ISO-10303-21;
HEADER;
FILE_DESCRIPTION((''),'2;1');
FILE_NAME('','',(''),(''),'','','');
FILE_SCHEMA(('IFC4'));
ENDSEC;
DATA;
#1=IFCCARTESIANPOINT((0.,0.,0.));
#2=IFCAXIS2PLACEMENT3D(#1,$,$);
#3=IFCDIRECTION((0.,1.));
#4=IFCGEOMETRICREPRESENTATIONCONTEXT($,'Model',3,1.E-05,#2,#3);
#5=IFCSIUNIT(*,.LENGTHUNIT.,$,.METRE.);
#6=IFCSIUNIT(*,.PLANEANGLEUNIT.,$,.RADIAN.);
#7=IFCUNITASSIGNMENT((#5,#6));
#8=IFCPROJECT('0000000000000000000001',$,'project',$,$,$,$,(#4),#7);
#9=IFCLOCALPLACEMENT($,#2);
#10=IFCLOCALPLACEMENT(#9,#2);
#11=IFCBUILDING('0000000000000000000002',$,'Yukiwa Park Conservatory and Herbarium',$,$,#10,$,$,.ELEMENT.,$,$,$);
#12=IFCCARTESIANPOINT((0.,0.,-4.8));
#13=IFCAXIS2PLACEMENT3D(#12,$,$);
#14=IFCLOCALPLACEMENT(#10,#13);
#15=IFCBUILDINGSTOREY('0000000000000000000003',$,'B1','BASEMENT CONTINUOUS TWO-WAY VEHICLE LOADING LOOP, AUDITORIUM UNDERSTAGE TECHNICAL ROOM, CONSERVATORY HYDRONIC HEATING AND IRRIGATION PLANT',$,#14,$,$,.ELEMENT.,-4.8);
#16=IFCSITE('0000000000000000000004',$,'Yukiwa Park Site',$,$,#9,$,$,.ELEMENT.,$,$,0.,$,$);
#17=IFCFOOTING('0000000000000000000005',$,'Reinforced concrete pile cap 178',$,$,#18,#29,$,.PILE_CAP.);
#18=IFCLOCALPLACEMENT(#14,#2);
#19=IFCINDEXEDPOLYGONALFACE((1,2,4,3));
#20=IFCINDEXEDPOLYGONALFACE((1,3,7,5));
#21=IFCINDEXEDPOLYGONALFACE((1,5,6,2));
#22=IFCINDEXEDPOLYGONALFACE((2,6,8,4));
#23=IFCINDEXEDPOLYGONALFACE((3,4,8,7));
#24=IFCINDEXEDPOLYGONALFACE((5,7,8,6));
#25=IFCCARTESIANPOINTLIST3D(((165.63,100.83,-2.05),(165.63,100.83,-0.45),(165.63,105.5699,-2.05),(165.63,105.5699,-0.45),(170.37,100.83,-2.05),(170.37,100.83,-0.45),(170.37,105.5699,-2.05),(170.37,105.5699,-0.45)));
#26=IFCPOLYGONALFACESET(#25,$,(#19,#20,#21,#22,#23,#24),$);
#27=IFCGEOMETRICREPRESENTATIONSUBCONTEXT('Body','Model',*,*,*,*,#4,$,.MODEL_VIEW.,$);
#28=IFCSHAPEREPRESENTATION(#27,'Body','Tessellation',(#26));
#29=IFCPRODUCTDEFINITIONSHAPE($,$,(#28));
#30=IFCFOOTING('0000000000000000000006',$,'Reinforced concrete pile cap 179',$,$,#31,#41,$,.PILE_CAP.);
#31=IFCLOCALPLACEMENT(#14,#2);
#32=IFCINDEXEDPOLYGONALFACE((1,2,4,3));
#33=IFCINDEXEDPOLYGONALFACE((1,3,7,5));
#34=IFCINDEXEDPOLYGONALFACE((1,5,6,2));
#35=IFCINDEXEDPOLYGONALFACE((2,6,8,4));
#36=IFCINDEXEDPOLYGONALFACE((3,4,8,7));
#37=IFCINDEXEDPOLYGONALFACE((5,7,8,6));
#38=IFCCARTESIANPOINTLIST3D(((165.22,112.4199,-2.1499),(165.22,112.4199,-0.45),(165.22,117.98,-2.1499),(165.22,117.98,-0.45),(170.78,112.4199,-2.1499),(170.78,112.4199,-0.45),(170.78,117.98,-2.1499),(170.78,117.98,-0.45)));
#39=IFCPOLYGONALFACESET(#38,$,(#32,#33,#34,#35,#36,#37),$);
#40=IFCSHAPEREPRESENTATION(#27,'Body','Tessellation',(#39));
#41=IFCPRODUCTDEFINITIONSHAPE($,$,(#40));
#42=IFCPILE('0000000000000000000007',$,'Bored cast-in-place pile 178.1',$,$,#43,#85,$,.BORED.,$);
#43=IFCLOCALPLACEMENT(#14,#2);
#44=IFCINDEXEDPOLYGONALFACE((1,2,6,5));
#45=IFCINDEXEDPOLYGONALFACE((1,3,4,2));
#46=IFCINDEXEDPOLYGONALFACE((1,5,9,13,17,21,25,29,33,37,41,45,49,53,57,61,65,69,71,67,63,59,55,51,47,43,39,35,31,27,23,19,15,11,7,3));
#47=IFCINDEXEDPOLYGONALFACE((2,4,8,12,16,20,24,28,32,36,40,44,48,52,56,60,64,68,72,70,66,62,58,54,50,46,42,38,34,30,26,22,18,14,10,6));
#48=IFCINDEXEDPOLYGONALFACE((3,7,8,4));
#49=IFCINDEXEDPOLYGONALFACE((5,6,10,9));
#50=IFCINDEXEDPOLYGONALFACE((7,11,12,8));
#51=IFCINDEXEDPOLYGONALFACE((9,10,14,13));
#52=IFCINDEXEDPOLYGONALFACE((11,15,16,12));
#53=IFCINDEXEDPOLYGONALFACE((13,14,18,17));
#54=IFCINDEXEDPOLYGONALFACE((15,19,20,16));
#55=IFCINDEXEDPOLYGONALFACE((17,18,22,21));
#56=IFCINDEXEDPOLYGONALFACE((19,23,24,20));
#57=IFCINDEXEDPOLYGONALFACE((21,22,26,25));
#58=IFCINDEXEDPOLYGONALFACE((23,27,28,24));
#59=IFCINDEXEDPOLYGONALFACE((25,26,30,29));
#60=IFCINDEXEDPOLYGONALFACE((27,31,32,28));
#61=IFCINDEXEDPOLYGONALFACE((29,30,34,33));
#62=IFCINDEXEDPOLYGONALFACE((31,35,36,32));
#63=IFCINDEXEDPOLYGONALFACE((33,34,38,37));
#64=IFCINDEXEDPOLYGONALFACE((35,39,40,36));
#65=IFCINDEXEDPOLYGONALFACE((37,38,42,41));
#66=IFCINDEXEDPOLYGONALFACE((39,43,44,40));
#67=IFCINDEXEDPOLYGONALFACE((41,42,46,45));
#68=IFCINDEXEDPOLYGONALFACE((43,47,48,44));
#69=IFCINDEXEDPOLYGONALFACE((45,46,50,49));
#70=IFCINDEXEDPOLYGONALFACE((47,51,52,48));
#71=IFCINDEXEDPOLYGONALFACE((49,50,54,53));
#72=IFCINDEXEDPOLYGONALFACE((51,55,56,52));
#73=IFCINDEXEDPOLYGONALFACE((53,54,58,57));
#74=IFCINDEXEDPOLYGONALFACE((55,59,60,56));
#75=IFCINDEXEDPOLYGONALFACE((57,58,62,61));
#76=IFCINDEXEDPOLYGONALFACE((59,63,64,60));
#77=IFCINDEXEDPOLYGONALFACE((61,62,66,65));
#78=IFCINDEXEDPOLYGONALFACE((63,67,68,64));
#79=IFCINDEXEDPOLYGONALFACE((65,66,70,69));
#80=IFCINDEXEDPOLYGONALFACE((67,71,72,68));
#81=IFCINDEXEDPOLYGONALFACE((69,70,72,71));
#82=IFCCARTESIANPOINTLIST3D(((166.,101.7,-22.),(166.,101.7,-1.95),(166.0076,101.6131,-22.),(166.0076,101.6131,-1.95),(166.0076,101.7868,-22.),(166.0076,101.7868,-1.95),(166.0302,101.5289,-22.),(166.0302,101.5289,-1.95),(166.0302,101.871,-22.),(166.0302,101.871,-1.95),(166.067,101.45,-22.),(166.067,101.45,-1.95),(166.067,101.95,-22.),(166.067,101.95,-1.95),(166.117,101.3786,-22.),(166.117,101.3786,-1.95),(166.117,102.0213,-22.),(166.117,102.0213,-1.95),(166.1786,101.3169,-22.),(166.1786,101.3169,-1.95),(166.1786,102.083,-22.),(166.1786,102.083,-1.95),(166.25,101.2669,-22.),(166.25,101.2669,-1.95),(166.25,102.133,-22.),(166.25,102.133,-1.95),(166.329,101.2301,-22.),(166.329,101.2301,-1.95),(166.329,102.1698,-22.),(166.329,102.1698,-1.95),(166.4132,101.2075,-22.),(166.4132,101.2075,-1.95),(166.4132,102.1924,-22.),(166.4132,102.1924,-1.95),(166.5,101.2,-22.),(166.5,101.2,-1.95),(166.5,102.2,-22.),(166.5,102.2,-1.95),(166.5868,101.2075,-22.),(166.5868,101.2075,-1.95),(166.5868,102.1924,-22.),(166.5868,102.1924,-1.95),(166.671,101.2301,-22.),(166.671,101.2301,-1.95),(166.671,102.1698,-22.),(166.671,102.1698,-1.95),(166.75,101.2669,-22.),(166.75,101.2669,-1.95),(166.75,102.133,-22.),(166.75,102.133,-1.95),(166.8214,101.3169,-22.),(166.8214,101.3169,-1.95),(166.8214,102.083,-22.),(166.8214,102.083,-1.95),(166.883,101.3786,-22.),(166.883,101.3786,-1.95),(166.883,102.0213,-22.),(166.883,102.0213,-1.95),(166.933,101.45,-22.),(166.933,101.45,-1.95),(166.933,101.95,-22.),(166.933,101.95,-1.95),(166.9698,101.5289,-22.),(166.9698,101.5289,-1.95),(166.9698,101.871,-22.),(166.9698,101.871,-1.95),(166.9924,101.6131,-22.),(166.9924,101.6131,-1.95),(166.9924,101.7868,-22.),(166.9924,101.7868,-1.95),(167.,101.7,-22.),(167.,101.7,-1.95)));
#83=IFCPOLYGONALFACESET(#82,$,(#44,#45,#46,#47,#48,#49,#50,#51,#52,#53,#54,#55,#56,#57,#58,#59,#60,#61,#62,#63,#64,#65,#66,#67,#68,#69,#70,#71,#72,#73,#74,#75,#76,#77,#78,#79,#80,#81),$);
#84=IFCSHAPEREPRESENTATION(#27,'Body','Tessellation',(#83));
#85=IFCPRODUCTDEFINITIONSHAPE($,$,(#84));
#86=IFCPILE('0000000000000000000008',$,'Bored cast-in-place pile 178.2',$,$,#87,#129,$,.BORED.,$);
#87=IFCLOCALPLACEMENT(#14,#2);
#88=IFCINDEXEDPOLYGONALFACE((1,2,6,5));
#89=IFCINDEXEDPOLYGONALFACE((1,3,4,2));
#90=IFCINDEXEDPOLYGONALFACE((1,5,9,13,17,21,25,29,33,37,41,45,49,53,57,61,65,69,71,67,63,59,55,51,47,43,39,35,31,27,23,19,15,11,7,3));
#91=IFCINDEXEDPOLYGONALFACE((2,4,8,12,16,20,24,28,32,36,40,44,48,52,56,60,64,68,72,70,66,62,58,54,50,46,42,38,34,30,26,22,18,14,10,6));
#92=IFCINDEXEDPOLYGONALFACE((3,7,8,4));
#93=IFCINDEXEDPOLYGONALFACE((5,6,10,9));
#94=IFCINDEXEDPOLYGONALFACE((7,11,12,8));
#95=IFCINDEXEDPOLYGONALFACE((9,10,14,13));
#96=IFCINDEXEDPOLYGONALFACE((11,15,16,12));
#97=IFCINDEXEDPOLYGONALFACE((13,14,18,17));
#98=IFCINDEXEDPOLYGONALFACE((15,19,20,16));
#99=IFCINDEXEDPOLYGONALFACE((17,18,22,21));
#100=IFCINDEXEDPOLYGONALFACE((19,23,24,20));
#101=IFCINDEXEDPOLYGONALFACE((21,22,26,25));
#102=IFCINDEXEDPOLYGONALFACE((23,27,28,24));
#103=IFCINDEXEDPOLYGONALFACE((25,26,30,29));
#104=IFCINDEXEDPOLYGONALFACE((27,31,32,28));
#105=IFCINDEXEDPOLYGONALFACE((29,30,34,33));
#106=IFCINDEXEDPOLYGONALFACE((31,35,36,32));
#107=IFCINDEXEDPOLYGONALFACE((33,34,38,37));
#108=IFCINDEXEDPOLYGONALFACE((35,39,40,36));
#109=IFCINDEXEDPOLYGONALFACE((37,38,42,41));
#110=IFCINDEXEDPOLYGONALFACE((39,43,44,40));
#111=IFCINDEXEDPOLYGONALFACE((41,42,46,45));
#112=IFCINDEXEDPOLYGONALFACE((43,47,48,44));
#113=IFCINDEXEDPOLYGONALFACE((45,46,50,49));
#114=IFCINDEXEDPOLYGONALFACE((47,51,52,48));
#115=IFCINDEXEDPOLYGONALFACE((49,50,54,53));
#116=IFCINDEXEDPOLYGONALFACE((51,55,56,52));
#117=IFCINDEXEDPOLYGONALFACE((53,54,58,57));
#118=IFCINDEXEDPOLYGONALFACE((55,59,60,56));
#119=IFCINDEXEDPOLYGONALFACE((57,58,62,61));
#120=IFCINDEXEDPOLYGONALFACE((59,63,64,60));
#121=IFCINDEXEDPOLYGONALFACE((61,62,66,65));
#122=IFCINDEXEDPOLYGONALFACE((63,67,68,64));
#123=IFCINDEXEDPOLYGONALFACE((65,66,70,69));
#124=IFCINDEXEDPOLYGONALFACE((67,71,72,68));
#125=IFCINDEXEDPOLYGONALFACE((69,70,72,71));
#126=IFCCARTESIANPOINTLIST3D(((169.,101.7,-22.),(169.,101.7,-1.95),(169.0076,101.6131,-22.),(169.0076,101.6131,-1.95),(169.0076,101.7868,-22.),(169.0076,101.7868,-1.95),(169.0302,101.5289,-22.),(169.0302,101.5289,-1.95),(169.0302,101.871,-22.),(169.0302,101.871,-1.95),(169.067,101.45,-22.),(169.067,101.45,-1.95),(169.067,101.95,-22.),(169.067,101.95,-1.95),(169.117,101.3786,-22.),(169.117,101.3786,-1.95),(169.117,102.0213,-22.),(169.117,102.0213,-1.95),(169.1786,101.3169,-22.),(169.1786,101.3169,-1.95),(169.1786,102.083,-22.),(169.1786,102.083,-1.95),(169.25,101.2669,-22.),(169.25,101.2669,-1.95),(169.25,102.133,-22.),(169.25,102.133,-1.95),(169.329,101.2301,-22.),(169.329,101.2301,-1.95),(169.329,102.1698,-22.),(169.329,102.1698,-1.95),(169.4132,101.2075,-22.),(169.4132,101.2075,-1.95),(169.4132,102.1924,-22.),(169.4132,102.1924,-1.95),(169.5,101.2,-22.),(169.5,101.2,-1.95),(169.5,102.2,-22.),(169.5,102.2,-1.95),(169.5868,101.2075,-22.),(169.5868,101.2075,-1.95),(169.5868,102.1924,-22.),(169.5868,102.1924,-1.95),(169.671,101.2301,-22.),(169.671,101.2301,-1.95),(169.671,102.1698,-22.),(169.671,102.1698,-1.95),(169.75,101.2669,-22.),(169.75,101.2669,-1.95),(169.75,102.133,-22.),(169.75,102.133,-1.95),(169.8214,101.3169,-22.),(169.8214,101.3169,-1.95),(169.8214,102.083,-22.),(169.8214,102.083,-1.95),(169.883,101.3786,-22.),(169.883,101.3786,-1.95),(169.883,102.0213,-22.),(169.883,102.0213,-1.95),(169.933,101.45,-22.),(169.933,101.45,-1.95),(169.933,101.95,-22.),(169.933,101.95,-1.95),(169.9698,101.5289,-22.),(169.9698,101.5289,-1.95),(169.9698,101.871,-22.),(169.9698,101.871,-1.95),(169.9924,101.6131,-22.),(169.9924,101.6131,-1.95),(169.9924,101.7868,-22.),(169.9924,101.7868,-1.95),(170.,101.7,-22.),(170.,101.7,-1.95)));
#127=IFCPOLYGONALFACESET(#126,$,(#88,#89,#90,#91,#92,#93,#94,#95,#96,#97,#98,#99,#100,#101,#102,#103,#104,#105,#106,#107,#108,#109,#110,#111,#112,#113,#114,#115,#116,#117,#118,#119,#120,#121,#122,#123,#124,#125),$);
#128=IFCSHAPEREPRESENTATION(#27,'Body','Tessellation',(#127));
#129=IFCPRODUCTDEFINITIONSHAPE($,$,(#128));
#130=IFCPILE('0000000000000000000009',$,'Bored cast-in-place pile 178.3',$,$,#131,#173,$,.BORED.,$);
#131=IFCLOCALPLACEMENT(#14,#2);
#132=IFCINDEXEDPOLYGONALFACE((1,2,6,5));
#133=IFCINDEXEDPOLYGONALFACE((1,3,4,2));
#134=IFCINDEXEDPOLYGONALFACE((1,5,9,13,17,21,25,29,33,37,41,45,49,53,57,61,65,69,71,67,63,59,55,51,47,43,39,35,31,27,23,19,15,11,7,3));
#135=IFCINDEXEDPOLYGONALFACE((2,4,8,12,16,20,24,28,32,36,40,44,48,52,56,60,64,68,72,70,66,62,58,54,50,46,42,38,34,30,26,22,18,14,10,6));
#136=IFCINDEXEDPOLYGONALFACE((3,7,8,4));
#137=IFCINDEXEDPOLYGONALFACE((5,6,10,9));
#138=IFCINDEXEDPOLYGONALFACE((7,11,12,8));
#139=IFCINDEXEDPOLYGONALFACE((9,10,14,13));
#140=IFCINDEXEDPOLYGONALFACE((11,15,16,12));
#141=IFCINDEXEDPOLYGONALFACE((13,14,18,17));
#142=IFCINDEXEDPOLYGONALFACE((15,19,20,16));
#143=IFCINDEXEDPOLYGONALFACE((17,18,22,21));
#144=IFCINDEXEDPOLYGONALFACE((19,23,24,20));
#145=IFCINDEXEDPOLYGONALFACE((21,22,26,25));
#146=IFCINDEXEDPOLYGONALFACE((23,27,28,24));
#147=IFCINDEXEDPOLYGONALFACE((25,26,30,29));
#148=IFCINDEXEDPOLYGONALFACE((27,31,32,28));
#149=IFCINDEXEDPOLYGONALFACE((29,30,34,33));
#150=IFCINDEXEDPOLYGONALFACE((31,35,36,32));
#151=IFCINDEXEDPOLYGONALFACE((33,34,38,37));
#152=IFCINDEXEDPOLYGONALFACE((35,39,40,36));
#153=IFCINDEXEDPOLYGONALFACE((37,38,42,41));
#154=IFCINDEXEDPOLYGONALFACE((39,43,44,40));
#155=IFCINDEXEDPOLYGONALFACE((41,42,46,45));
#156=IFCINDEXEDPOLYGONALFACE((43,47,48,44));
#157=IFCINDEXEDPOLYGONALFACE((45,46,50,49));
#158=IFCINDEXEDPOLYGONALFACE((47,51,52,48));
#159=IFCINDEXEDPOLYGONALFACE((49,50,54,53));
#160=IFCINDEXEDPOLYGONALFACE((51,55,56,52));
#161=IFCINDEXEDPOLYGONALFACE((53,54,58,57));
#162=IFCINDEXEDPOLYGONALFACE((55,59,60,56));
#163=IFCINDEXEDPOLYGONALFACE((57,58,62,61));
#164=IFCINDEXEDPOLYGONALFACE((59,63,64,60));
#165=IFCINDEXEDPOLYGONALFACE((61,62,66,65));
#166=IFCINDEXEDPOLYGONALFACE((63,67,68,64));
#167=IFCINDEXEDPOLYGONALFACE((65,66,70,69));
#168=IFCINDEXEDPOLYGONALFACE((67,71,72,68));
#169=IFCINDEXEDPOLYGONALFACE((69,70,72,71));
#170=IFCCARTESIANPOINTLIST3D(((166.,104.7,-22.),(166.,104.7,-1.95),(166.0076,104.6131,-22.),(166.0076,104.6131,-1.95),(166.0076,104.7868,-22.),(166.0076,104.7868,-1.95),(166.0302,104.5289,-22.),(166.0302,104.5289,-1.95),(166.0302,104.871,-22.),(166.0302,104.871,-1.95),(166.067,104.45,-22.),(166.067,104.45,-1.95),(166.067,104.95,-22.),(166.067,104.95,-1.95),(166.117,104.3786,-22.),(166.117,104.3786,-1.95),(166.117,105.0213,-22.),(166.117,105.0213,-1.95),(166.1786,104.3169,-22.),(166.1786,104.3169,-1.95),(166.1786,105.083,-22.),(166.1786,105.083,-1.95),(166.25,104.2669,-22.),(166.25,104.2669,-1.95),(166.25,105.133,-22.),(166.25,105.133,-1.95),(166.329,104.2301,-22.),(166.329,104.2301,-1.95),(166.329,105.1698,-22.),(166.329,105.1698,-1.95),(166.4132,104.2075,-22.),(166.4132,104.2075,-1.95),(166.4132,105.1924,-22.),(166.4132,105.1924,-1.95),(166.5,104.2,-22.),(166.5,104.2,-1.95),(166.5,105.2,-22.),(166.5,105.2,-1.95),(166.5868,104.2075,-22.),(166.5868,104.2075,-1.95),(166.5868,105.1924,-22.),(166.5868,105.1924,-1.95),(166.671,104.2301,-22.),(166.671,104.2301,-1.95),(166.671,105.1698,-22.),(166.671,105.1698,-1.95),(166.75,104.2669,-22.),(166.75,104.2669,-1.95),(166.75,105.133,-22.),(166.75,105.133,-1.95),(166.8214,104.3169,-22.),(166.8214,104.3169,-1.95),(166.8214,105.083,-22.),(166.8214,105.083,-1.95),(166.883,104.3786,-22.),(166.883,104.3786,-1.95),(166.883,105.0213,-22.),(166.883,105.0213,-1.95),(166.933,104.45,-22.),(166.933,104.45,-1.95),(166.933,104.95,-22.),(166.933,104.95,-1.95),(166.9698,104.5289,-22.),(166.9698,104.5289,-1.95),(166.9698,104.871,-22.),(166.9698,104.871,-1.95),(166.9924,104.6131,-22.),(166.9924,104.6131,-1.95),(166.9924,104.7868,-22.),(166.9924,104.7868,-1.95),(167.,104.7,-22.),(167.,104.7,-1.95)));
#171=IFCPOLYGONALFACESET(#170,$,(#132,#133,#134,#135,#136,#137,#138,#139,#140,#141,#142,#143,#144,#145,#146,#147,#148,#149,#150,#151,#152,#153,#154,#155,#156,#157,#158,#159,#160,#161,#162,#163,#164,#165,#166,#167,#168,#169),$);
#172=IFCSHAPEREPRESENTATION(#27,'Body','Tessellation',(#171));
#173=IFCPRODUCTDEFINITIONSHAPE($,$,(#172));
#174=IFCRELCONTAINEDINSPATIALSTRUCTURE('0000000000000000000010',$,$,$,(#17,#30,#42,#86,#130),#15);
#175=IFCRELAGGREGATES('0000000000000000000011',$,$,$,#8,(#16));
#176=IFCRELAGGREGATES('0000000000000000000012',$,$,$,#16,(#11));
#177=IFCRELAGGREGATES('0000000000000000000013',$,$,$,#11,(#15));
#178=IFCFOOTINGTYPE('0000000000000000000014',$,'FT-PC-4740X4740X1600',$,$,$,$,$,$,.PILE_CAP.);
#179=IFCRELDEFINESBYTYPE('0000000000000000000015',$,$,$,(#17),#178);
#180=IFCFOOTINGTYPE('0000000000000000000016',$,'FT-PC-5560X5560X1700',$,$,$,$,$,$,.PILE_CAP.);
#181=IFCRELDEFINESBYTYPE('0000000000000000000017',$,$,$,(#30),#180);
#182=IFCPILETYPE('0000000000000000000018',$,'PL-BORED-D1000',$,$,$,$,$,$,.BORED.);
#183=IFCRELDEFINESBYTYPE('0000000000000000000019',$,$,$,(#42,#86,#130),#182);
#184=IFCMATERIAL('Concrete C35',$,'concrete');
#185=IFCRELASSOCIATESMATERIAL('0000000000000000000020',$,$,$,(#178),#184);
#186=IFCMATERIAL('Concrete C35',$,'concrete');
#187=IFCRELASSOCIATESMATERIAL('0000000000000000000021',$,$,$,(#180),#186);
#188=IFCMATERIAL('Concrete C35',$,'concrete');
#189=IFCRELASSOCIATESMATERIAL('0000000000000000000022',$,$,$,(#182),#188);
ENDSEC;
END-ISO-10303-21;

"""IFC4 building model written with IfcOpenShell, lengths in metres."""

from ifc_helpers import new_model, si_unit, direction, frame, origin, origin_2d, place, context, subcontext, project, spatial, rectangle, circle, extrude, material, material_profile, profile_set, type_object, element, save


model = new_model("IFC4")

# Units and contexts
model_context = context("Model", 3, precision=1e-05, world=origin(), true_north=direction((0.0, 1.0)))
body_context = subcontext(model_context, "Body", "Model", "MODEL_VIEW")
ifc_project = project(units=[si_unit("LENGTHUNIT", "METRE"), si_unit("PLANEANGLEUNIT", "RADIAN")], contexts=[model_context])

# Site, building, storey
site_placement = place(None, origin())
site = spatial("IfcSite", under=ifc_project, at=site_placement, Name="Yukiwa Park Site", CompositionType="ELEMENT", RefElevation=0.0)
building_placement = place(site_placement, origin())
building = spatial("IfcBuilding", under=site, at=building_placement, Name="Yukiwa Park Conservatory and Herbarium", CompositionType="ELEMENT")
storey_placement = place(building_placement, frame((0.0, 0.0, -4.8)))
storey = spatial("IfcBuildingStorey", under=building, at=storey_placement, Name="B1", Description="BASEMENT CONTINUOUS TWO-WAY VEHICLE LOADING LOOP, AUDITORIUM UNDERSTAGE TECHNICAL ROOM, CONSERVATORY HYDRONIC HEATING AND IRRIGATION PLANT", CompositionType="ELEMENT", Elevation=-4.8)

# Footings
ifc_material_1 = material(Name="Concrete C35", Category="concrete")
footing_type_1 = type_object("IfcFootingType", Name="FT-PC-4740X4740X1600", PredefinedType="PILE_CAP", material=ifc_material_1)
footing_1_placement = place(storey_placement, frame((168.0, 103.2, -2.05), z_axis=(0.0, 0.0, 1.0), x_axis=(1.0, 0.0, 0.0)))
element("IfcFooting", 1, at=footing_1_placement, inside=storey, type_object=footing_type_1, Name="Reinforced concrete pile cap 178", PredefinedType="PILE_CAP", context=body_context, shape_type="SweptSolid", body=[
    extrude(rectangle(XDim=4.74, YDim=4.74, at=origin_2d()), origin(), (0.0, 0.0, 1.0), 1.6001),
])
ifc_material_2 = material(Name="Concrete C35", Category="concrete")
footing_type_2 = type_object("IfcFootingType", Name="FT-PC-5560X5560X1700", PredefinedType="PILE_CAP", material=ifc_material_2)
footing_2_placement = place(storey_placement, frame((168.0, 115.2, -2.1499), z_axis=(0.0, 0.0, 1.0), x_axis=(1.0, 0.0, 0.0)))
element("IfcFooting", 2, at=footing_2_placement, inside=storey, type_object=footing_type_2, Name="Reinforced concrete pile cap 179", PredefinedType="PILE_CAP", context=body_context, shape_type="SweptSolid", body=[
    extrude(rectangle(XDim=5.5601, YDim=5.5601, at=origin_2d()), origin(), (0.0, 0.0, 1.0), 1.7),
])

# Piles
ifc_material_3 = material(Name="Concrete C35", Category="concrete")
ifc_material_profile_1 = material_profile(ifc_material_3, circle(Radius=0.5, at=origin_2d()), Name="PILE D1000")
ifc_profile_set_1 = profile_set([ifc_material_profile_1], Name="Concrete C35")
pile_type_1 = type_object("IfcPileType", Name="PL-BORED-D1000", PredefinedType="BORED", material=ifc_profile_set_1)
for number, where, z_axis, x_axis, name in (
    (3, (166.5, 101.7, -1.95), (0.0, 0.0, -1.0), (1.0, 0.0, 0.0), "Bored cast-in-place pile 178.1"),
    (4, (169.5, 101.7, -1.95), (0.0, 0.0, -1.0), (1.0, 0.0, 0.0), "Bored cast-in-place pile 178.2"),
    (5, (166.5, 104.7, -1.95), (0.0, 0.0, -1.0), (1.0, 0.0, 0.0), "Bored cast-in-place pile 178.3"),
):
    element("IfcPile", number, at=place(storey_placement, frame(where, z_axis=z_axis, x_axis=x_axis)), inside=storey, type_object=pile_type_1, Name=name, PredefinedType="BORED", context=body_context, shape_type="SweptSolid", body=[
        extrude(circle(Radius=0.5, at=origin_2d()), origin(), (0.0, 0.0, 1.0), 20.05),
    ])

save(model, "model.ifc")
